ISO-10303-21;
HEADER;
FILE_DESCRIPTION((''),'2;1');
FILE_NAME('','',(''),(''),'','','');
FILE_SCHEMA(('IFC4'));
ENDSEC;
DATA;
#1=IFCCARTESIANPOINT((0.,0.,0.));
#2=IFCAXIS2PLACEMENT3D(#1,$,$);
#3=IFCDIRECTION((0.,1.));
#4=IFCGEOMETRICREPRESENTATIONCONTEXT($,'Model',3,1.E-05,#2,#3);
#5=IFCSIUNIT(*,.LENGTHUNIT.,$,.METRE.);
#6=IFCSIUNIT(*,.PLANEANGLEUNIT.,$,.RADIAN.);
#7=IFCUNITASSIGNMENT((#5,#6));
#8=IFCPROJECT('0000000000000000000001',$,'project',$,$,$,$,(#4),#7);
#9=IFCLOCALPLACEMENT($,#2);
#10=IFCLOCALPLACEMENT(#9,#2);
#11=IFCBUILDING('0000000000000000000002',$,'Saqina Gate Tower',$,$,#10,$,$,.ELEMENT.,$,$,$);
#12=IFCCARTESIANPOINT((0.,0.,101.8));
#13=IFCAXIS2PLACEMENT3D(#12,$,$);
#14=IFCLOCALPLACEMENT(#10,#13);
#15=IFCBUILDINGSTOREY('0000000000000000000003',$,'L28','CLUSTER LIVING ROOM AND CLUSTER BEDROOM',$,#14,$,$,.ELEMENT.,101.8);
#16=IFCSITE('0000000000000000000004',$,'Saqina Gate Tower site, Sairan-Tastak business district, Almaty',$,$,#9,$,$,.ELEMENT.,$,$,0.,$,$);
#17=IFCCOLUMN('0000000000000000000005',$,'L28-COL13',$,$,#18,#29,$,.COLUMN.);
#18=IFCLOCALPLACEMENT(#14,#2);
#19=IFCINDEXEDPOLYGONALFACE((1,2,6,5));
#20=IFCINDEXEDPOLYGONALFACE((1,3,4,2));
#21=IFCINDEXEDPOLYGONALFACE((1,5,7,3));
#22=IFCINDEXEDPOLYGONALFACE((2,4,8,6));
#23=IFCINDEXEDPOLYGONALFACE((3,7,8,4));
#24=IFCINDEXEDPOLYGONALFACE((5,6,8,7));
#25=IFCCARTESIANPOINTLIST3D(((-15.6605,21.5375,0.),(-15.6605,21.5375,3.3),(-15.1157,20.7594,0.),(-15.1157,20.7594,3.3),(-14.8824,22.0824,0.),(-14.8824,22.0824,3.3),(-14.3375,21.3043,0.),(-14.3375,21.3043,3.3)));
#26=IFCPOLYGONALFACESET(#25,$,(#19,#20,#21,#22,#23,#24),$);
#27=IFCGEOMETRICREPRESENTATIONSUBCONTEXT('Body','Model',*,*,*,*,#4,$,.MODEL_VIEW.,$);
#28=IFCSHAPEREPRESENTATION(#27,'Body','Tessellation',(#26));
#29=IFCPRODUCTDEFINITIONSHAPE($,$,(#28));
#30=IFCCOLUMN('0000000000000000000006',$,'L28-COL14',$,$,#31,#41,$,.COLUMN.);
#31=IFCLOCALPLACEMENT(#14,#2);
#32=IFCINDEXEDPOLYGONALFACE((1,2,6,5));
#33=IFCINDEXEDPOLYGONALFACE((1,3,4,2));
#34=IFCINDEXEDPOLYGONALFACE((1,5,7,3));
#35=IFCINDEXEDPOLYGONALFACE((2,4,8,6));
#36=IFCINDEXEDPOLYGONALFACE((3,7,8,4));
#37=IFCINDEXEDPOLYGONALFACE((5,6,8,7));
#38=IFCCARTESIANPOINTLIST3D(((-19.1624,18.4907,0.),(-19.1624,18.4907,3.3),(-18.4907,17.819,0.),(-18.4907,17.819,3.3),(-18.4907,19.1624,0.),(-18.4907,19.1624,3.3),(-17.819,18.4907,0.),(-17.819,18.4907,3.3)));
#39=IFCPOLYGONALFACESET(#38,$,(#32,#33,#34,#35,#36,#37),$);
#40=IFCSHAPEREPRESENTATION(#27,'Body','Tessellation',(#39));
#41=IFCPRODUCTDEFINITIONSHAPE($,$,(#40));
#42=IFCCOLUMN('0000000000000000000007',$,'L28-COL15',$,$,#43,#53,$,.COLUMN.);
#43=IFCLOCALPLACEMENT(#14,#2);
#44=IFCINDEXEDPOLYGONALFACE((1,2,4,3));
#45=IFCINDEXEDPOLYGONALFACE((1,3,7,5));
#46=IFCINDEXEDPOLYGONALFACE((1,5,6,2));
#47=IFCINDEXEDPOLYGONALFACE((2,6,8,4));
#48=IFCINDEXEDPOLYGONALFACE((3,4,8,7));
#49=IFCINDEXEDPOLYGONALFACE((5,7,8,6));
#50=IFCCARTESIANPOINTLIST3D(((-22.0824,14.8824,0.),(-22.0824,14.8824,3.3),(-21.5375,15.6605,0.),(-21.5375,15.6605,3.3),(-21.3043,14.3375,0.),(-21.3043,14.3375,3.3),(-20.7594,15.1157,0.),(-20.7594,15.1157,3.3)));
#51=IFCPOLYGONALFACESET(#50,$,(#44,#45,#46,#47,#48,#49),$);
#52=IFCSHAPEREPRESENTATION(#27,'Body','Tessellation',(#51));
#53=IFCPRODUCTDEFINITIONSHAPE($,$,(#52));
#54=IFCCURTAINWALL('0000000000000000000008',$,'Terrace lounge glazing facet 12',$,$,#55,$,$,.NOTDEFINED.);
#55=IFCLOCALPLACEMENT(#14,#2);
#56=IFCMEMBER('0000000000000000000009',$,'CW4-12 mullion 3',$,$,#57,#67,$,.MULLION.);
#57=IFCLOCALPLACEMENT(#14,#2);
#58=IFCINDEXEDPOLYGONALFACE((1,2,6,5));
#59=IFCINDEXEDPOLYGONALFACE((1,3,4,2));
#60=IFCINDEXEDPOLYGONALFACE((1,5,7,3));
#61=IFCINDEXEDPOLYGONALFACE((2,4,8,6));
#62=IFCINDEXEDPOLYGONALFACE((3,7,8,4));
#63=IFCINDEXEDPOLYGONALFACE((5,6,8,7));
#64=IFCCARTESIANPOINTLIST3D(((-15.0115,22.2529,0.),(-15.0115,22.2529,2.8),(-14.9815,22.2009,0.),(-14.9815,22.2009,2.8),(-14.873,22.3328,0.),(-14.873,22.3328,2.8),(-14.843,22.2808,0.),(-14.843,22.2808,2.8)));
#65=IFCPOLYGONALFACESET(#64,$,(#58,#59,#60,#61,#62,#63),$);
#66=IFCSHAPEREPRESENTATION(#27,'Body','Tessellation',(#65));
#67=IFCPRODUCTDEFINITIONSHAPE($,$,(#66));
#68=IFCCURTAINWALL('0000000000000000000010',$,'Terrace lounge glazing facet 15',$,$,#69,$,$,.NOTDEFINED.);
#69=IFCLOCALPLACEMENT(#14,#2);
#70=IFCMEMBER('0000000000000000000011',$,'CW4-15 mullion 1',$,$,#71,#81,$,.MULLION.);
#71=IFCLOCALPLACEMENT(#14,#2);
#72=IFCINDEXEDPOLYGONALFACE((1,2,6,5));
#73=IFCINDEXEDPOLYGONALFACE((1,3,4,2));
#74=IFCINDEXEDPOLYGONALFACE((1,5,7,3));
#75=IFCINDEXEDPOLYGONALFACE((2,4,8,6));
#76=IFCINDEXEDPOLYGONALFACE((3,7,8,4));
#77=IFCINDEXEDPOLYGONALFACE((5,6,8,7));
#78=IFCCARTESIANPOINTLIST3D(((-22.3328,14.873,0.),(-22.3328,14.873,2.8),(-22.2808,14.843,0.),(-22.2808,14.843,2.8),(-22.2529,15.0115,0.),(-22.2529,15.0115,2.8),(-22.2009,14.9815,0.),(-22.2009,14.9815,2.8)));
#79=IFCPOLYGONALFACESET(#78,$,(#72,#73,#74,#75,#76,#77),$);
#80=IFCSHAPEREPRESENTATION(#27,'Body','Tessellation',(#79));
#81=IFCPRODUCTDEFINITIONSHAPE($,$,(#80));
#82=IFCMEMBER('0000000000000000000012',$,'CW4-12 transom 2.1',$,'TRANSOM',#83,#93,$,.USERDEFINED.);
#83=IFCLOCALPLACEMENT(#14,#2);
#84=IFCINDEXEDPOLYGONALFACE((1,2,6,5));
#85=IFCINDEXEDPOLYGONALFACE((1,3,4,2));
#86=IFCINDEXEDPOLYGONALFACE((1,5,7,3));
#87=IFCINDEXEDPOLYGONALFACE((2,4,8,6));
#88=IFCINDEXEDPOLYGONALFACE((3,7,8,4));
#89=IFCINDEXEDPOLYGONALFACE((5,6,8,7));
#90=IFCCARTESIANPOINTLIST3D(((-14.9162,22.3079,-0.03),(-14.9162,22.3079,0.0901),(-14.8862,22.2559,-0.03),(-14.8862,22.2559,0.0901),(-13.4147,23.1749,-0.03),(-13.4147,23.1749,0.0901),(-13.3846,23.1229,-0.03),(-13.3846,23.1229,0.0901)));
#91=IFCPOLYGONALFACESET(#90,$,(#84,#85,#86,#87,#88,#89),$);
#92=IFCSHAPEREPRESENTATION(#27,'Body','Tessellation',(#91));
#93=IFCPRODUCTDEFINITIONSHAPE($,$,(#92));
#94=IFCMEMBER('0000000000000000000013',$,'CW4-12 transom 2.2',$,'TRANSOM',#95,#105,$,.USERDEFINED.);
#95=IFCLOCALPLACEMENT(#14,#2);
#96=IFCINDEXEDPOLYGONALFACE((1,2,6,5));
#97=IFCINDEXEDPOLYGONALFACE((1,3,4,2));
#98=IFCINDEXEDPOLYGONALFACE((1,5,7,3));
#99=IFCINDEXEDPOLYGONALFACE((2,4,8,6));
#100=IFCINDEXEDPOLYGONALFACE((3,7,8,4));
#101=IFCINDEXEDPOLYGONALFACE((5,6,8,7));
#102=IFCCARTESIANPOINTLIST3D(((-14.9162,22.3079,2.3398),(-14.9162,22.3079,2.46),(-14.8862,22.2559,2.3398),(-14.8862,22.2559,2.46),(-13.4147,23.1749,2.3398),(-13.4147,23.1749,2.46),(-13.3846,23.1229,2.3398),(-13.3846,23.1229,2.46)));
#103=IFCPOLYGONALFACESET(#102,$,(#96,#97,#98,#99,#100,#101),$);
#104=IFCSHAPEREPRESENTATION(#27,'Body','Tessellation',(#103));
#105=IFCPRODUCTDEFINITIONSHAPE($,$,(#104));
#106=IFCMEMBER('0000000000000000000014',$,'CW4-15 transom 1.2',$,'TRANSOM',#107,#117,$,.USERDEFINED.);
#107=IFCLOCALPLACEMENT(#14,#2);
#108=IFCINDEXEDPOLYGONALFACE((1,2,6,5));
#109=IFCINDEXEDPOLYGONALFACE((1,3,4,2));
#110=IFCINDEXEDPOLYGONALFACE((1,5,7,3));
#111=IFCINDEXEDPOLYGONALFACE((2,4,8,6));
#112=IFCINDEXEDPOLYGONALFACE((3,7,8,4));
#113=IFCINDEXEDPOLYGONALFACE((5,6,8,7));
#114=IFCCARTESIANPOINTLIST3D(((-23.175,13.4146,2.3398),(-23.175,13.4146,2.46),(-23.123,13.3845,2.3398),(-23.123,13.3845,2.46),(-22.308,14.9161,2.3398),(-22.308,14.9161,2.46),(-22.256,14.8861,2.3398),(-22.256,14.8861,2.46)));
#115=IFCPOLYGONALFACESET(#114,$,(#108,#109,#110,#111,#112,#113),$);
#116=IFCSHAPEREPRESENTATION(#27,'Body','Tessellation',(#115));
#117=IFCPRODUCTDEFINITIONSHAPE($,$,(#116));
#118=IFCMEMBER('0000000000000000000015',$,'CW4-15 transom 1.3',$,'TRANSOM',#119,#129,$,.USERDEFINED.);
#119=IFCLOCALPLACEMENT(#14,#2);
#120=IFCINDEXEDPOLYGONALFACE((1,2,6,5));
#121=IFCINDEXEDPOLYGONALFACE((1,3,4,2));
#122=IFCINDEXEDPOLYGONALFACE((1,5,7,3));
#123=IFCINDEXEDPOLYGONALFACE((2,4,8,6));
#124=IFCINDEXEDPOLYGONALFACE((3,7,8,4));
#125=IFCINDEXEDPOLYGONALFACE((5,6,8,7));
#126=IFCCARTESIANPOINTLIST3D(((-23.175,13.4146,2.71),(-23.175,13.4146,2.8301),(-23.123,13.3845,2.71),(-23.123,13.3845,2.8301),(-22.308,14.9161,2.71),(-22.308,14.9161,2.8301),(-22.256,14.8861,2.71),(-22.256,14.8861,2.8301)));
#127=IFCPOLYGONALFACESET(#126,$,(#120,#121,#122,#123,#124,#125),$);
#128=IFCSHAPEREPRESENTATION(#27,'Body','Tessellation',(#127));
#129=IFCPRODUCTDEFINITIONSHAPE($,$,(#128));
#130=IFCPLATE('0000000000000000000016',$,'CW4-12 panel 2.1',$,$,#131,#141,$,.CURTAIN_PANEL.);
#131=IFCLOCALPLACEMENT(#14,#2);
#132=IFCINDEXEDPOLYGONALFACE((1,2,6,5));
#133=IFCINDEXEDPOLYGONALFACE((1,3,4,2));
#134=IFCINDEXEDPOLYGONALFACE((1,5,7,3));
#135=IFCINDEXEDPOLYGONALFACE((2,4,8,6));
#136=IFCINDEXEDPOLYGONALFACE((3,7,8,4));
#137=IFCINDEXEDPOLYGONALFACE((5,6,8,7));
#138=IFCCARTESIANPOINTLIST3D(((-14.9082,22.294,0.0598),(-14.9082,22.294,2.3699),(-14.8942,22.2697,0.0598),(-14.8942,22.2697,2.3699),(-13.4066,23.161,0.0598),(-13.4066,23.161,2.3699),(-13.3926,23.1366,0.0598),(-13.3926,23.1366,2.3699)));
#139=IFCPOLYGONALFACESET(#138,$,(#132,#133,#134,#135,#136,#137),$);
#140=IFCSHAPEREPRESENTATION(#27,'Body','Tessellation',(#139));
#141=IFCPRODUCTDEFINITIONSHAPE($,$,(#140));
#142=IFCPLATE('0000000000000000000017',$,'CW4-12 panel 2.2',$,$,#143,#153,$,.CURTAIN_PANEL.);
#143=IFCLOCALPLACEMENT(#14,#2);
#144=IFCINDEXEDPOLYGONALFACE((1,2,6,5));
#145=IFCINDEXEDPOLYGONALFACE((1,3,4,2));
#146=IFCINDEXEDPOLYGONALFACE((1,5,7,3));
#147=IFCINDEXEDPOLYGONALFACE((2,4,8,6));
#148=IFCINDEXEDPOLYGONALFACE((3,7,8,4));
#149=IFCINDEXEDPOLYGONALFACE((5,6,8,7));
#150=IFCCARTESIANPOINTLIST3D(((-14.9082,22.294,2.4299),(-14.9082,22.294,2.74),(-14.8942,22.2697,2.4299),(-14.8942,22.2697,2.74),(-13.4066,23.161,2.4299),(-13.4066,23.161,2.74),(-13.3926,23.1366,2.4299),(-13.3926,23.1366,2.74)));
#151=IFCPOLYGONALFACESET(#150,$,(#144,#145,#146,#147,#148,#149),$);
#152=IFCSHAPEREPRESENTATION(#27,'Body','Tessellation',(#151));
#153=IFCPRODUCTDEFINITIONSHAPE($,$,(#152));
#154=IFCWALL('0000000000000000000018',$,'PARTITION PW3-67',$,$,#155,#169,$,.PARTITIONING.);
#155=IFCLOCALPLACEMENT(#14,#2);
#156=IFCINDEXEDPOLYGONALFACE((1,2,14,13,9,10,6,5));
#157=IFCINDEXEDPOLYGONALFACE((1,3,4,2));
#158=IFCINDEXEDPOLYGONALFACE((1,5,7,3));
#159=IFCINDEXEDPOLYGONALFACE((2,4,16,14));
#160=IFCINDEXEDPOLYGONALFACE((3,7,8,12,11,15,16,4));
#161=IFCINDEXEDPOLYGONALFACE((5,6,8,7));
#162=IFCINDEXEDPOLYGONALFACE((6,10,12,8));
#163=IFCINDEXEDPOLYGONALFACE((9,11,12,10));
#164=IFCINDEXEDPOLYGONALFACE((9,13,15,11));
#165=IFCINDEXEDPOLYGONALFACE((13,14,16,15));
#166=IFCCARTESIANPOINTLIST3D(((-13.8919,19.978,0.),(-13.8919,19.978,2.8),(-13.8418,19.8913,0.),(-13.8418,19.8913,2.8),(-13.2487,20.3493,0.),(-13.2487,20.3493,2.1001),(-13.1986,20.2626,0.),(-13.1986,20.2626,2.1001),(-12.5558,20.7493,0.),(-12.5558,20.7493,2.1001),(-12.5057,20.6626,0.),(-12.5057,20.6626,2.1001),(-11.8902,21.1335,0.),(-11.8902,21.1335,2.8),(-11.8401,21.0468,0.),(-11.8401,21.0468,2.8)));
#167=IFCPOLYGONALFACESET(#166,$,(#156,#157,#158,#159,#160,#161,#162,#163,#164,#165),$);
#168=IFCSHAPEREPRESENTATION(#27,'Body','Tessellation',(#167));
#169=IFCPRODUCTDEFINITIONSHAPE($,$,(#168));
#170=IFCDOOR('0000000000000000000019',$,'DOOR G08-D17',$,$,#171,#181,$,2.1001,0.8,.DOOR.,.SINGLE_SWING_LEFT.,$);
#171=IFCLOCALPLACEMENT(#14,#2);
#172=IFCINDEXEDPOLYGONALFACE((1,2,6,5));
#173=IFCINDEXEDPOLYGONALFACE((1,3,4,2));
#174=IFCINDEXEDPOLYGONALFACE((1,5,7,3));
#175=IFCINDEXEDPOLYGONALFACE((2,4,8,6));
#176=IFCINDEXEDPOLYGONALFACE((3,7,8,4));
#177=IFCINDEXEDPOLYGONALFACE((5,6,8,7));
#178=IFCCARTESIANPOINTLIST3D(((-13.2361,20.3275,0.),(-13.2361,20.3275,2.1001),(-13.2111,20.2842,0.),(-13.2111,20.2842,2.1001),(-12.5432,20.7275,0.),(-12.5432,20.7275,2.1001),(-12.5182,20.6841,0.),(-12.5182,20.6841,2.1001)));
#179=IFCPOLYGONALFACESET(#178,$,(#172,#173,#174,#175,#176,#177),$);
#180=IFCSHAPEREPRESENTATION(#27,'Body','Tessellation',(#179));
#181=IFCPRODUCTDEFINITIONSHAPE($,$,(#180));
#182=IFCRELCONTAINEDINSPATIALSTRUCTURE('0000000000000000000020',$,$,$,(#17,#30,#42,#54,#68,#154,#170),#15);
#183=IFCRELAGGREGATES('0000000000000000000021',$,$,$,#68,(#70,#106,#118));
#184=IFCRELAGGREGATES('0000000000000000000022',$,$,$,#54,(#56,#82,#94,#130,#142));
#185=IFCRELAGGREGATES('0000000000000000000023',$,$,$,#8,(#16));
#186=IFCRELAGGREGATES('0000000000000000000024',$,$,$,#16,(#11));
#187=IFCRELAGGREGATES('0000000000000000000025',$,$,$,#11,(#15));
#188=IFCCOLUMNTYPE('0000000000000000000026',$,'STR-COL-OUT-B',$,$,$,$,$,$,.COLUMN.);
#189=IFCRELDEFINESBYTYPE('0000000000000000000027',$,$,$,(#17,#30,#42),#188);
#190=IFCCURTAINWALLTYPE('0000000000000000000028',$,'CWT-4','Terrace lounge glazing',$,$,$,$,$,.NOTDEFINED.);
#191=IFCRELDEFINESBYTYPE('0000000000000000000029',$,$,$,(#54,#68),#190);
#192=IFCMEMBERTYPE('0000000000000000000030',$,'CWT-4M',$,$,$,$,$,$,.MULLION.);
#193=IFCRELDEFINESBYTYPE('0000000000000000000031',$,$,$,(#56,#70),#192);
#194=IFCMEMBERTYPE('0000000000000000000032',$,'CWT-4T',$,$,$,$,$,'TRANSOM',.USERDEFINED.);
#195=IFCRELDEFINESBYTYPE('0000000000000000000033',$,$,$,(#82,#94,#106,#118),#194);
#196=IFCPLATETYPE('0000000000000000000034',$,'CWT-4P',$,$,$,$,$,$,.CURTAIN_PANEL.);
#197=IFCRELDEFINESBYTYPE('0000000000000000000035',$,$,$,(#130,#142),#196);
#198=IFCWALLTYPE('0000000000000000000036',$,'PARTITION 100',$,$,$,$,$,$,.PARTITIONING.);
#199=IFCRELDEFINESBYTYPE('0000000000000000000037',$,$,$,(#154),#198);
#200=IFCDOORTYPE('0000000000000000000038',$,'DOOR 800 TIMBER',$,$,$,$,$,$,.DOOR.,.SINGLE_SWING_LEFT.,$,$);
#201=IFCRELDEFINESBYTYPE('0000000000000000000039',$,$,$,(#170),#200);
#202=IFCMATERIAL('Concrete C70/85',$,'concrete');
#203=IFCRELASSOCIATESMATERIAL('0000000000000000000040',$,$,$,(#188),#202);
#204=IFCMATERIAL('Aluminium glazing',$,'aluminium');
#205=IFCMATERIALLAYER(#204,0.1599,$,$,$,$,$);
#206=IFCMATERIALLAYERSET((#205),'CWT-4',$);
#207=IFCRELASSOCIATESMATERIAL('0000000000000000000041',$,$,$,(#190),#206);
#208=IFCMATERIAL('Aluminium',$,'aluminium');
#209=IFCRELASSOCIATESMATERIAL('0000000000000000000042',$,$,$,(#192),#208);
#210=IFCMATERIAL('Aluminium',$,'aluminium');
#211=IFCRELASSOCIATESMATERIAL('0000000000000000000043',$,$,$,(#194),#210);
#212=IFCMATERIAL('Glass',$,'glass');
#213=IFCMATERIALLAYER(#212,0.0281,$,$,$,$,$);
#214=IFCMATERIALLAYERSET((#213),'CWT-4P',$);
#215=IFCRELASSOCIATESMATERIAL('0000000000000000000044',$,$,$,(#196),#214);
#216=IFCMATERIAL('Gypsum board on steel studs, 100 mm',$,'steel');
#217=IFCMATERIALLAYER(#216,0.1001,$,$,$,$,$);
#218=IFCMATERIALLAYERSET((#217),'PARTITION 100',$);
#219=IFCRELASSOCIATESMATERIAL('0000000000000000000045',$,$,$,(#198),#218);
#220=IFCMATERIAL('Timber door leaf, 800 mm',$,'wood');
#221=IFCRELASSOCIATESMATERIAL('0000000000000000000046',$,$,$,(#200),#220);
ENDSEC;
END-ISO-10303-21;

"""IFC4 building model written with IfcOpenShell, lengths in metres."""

from ifc_helpers import new_model, si_unit, direction, frame, frame_2d, origin, origin_2d, place, context, subcontext, project, spatial, rectangle, extrude, material, layer, layer_set, material_profile, profile_set, type_object, element, fill, aggregate, save


model = new_model("IFC4")

# Units and contexts
model_context = context("Model", 3, precision=1e-05, world=origin(), true_north=direction((0.0, 1.0)))
body_context = subcontext(model_context, "Body", "Model", "MODEL_VIEW")
ifc_project = project(units=[si_unit("LENGTHUNIT", "METRE"), si_unit("PLANEANGLEUNIT", "RADIAN")], contexts=[model_context])

# Site, building, storey
site_placement = place(None, origin())
site = spatial("IfcSite", under=ifc_project, at=site_placement, Name="Saqina Gate Tower site, Sairan-Tastak business district, Almaty", CompositionType="ELEMENT", RefElevation=0.0)
building_placement = place(site_placement, origin())
building = spatial("IfcBuilding", under=site, at=building_placement, Name="Saqina Gate Tower", CompositionType="ELEMENT")
storey_placement = place(building_placement, frame((0.0, 0.0, 101.8)))
storey = spatial("IfcBuildingStorey", under=building, at=storey_placement, Name="L28", Description="CLUSTER LIVING ROOM AND CLUSTER BEDROOM", CompositionType="ELEMENT", Elevation=101.8)

# Columns
ifc_material_1 = material(Name="Concrete C70/85", Category="concrete")
ifc_material_profile_1 = material_profile(ifc_material_1, rectangle(XDim=0.95, YDim=0.95, at=origin_2d()), Name="RC 950x950")
ifc_profile_set_1 = profile_set([ifc_material_profile_1], Name="Concrete C70/85")
column_type = type_object("IfcColumnType", Name="STR-COL-OUT-B", PredefinedType="COLUMN", material=ifc_profile_set_1)
for number, where, z_axis, x_axis, name in (
    (1, (-14.999, 21.4209, 0.0), (0.0, 0.0, 1.0), (-0.573576, 0.819152, 0.0), "L28-COL13"),
    (2, (-18.4907, 18.4907, 0.0), (0.0, 0.0, 1.0), (-0.707107, 0.707107, 0.0), "L28-COL14"),
    (3, (-21.4209, 14.999, 0.0), (0.0, 0.0, 1.0), (-0.819152, 0.573576, 0.0), "L28-COL15"),
):
    element("IfcColumn", number, at=place(storey_placement, frame(where, z_axis=z_axis, x_axis=x_axis)), inside=storey, type_object=column_type, Name=name, PredefinedType="COLUMN", context=body_context, shape_type="SweptSolid", body=[
        extrude(rectangle(XDim=0.95, YDim=0.95, at=origin_2d()), origin(), (0.0, 0.0, 1.0), 3.3),
    ])

# Curtain walls, members
ifc_material_2 = material(Name="Aluminium glazing", Category="aluminium")
ifc_layer_1 = layer(ifc_material_2, 0.1599)
ifc_layer_set_1 = layer_set([ifc_layer_1], Name="CWT-4")
curtain_wall_type = type_object("IfcCurtainWallType", Name="CWT-4", Description="Terrace lounge glazing", PredefinedType="NOTDEFINED", material=ifc_layer_set_1)
curtain_wall_1_placement = place(storey_placement, origin())
curtain_wall_1 = element("IfcCurtainWall", 4, at=curtain_wall_1_placement, inside=storey, type_object=curtain_wall_type, Name="Terrace lounge glazing facet 12", PredefinedType="NOTDEFINED")
ifc_material_3 = material(Name="Aluminium", Category="aluminium")
ifc_material_profile_2 = material_profile(ifc_material_3, rectangle(XDim=0.0601, YDim=0.1599, at=origin_2d()), Name="Aluminium 60x160")
ifc_profile_set_2 = profile_set([ifc_material_profile_2], Name="Aluminium")
member_type_1 = type_object("IfcMemberType", Name="CWT-4M", PredefinedType="MULLION", material=ifc_profile_set_2)
member_1_placement = place(storey_placement, frame((-14.9272, 22.2668, 0.0), z_axis=(0.0, 0.0, 1.0), x_axis=(0.499999, -0.866026, 0.0)))
member_1 = element("IfcMember", 5, at=member_1_placement, type_object=member_type_1, Name="CW4-12 mullion 3", PredefinedType="MULLION", context=body_context, shape_type="SweptSolid", body=[
    extrude(rectangle(XDim=0.0601, YDim=0.1599, at=origin_2d()), origin(), (0.0, 0.0, 1.0), 2.8),
])
curtain_wall_2_placement = place(storey_placement, origin())
curtain_wall_2 = element("IfcCurtainWall", 6, at=curtain_wall_2_placement, inside=storey, type_object=curtain_wall_type, Name="Terrace lounge glazing facet 15", PredefinedType="NOTDEFINED")
member_2_placement = place(storey_placement, frame((-22.2668, 14.9272, 0.0), z_axis=(0.0, 0.0, 1.0), x_axis=(0.866026, -0.499999, 0.0)))
member_2 = element("IfcMember", 7, at=member_2_placement, type_object=member_type_1, Name="CW4-15 mullion 1", PredefinedType="MULLION", context=body_context, shape_type="SweptSolid", body=[
    extrude(rectangle(XDim=0.0601, YDim=0.1599, at=origin_2d()), origin(), (0.0, 0.0, 1.0), 2.8),
])

# Members
ifc_material_4 = material(Name="Aluminium", Category="aluminium")
ifc_material_profile_3 = material_profile(ifc_material_4, rectangle(XDim=0.0601, YDim=0.1201, at=origin_2d()), Name="Aluminium 60x120")
ifc_profile_set_3 = profile_set([ifc_material_profile_3], Name="Aluminium")
member_type_2 = type_object("IfcMemberType", Name="CWT-4T", ElementType="TRANSOM", PredefinedType="USERDEFINED", material=ifc_profile_set_3)
member_3_placement = place(storey_placement, frame((-13.3997, 23.1489, 0.03), z_axis=(-0.866007, -0.500031, 0.0), x_axis=(0.500031, -0.866007, 0.0)))
member_3 = element("IfcMember", 8, at=member_3_placement, type_object=member_type_2, Name="CW4-12 transom 2.1", ObjectType="TRANSOM", PredefinedType="USERDEFINED", context=body_context, shape_type="SweptSolid", body=[
    extrude(rectangle(XDim=0.0601, YDim=0.1201, at=origin_2d()), origin(), (0.0, 0.0, 1.0), 1.7339),
])
member_4_placement = place(storey_placement, frame((-13.3997, 23.1489, 2.3999), z_axis=(-0.866007, -0.500031, 0.0), x_axis=(0.500031, -0.866007, 0.0)))
member_4 = element("IfcMember", 9, at=member_4_placement, type_object=member_type_2, Name="CW4-12 transom 2.2", ObjectType="TRANSOM", PredefinedType="USERDEFINED", context=body_context, shape_type="SweptSolid", body=[
    extrude(rectangle(XDim=0.0601, YDim=0.1201, at=origin_2d()), origin(), (0.0, 0.0, 1.0), 1.7339),
])
member_5_placement = place(storey_placement, frame((-22.282, 14.9011, 2.3999), z_axis=(-0.500031, -0.866007, 0.0), x_axis=(0.866007, -0.500031, 0.0)))
member_5 = element("IfcMember", 10, at=member_5_placement, type_object=member_type_2, Name="CW4-15 transom 1.2", ObjectType="TRANSOM", PredefinedType="USERDEFINED", context=body_context, shape_type="SweptSolid", body=[
    extrude(rectangle(XDim=0.0601, YDim=0.1201, at=origin_2d()), origin(), (0.0, 0.0, 1.0), 1.7339),
])
member_6_placement = place(storey_placement, frame((-22.282, 14.9011, 2.77), z_axis=(-0.500031, -0.866007, 0.0), x_axis=(0.866007, -0.500031, 0.0)))
member_6 = element("IfcMember", 11, at=member_6_placement, type_object=member_type_2, Name="CW4-15 transom 1.3", ObjectType="TRANSOM", PredefinedType="USERDEFINED", context=body_context, shape_type="SweptSolid", body=[
    extrude(rectangle(XDim=0.0601, YDim=0.1201, at=origin_2d()), origin(), (0.0, 0.0, 1.0), 1.7339),
])
aggregate(curtain_wall_2, [member_2, member_5, member_6])

# Plates
ifc_material_5 = material(Name="Glass", Category="glass")
ifc_layer_2 = layer(ifc_material_5, 0.0281)
ifc_layer_set_2 = layer_set([ifc_layer_2], Name="CWT-4P")
plate_type = type_object("IfcPlateType", Name="CWT-4P", PredefinedType="CURTAIN_PANEL", material=ifc_layer_set_2)
plate_1_placement = place(storey_placement, frame((-14.1504, 22.7153, 0.0598), z_axis=(0.0, 0.0, 1.0), x_axis=(-0.866026, -0.499999, 0.0)))
plate_1 = element("IfcPlate", 12, at=plate_1_placement, type_object=plate_type, Name="CW4-12 panel 2.1", PredefinedType="CURTAIN_PANEL", context=body_context, shape_type="SweptSolid", body=[
    extrude(rectangle(XDim=1.7339, YDim=0.0281, at=origin_2d()), origin(), (0.0, 0.0, 1.0), 2.3101),
])
plate_2_placement = place(storey_placement, frame((-14.1504, 22.7153, 2.4299), z_axis=(0.0, 0.0, 1.0), x_axis=(-0.866026, -0.499999, 0.0)))
plate_2 = element("IfcPlate", 13, at=plate_2_placement, type_object=plate_type, Name="CW4-12 panel 2.2", PredefinedType="CURTAIN_PANEL", context=body_context, shape_type="SweptSolid", body=[
    extrude(rectangle(XDim=1.7339, YDim=0.0281, at=origin_2d()), origin(), (0.0, 0.0, 1.0), 0.3101),
])
aggregate(curtain_wall_1, [member_1, member_3, member_4, plate_1, plate_2])

# Wall, opening, door
ifc_material_6 = material(Name="Gypsum board on steel studs, 100 mm", Category="steel")
ifc_layer_3 = layer(ifc_material_6, 0.1001)
ifc_layer_set_3 = layer_set([ifc_layer_3], Name="PARTITION 100")
wall_type_1 = type_object("IfcWallType", Name="PARTITION 100", PredefinedType="PARTITIONING", material=ifc_layer_set_3)
wall_1_placement = place(storey_placement, frame((-13.8669, 19.9346, 0.0), z_axis=(0.0, 0.0, 1.0), x_axis=(0.866057, 0.499945, 0.0)))
wall_1 = element("IfcWall", 14, at=wall_1_placement, inside=storey, type_object=wall_type_1, Name="PARTITION PW3-67", PredefinedType="PARTITIONING", context=body_context, shape_type="SweptSolid", body=[
    extrude(rectangle(XDim=2.3113, YDim=0.1001, at=frame_2d((1.1558, 0.0))), origin(), (0.0, 0.0, 1.0), 2.8),
])
opening_1_placement = place(wall_1_placement, frame((0.7429, 0.0, 0.0)))
opening_1 = element("IfcOpeningElement", 15, at=opening_1_placement, cuts=wall_1, PredefinedType="OPENING", context=body_context, shape_type="SweptSolid", body=[
    extrude(rectangle(XDim=0.8, YDim=2.1001, at=frame_2d((0.3999, 1.05))), frame((0.0, 0.062, 0.0), z_axis=(0.0, -1.0, 0.0), x_axis=(1.0, 0.0, 0.0)), (0.0, 0.0, 1.0), 0.124),
])
ifc_material_7 = material(Name="Timber door leaf, 800 mm", Category="wood")
door_type_1 = type_object("IfcDoorType", Name="DOOR 800 TIMBER", OperationType="SINGLE_SWING_LEFT", PredefinedType="DOOR", material=ifc_material_7)
door_1_placement = place(opening_1_placement, origin())
door_1 = element("IfcDoor", 16, at=door_1_placement, inside=storey, type_object=door_type_1, Name="DOOR G08-D17", OperationType="SINGLE_SWING_LEFT", OverallHeight=2.1001, OverallWidth=0.8, PredefinedType="DOOR", context=body_context, shape_type="SweptSolid", body=[
    extrude(rectangle(XDim=0.8, YDim=2.1001, at=frame_2d((0.3999, 1.05))), frame((0.0, 0.0249, 0.0), z_axis=(0.0, -1.0, 0.0), x_axis=(1.0, 0.0, 0.0)), (0.0, 0.0, 1.0), 0.05),
])
fill(opening_1, door_1)

save(model, "model.ifc")
